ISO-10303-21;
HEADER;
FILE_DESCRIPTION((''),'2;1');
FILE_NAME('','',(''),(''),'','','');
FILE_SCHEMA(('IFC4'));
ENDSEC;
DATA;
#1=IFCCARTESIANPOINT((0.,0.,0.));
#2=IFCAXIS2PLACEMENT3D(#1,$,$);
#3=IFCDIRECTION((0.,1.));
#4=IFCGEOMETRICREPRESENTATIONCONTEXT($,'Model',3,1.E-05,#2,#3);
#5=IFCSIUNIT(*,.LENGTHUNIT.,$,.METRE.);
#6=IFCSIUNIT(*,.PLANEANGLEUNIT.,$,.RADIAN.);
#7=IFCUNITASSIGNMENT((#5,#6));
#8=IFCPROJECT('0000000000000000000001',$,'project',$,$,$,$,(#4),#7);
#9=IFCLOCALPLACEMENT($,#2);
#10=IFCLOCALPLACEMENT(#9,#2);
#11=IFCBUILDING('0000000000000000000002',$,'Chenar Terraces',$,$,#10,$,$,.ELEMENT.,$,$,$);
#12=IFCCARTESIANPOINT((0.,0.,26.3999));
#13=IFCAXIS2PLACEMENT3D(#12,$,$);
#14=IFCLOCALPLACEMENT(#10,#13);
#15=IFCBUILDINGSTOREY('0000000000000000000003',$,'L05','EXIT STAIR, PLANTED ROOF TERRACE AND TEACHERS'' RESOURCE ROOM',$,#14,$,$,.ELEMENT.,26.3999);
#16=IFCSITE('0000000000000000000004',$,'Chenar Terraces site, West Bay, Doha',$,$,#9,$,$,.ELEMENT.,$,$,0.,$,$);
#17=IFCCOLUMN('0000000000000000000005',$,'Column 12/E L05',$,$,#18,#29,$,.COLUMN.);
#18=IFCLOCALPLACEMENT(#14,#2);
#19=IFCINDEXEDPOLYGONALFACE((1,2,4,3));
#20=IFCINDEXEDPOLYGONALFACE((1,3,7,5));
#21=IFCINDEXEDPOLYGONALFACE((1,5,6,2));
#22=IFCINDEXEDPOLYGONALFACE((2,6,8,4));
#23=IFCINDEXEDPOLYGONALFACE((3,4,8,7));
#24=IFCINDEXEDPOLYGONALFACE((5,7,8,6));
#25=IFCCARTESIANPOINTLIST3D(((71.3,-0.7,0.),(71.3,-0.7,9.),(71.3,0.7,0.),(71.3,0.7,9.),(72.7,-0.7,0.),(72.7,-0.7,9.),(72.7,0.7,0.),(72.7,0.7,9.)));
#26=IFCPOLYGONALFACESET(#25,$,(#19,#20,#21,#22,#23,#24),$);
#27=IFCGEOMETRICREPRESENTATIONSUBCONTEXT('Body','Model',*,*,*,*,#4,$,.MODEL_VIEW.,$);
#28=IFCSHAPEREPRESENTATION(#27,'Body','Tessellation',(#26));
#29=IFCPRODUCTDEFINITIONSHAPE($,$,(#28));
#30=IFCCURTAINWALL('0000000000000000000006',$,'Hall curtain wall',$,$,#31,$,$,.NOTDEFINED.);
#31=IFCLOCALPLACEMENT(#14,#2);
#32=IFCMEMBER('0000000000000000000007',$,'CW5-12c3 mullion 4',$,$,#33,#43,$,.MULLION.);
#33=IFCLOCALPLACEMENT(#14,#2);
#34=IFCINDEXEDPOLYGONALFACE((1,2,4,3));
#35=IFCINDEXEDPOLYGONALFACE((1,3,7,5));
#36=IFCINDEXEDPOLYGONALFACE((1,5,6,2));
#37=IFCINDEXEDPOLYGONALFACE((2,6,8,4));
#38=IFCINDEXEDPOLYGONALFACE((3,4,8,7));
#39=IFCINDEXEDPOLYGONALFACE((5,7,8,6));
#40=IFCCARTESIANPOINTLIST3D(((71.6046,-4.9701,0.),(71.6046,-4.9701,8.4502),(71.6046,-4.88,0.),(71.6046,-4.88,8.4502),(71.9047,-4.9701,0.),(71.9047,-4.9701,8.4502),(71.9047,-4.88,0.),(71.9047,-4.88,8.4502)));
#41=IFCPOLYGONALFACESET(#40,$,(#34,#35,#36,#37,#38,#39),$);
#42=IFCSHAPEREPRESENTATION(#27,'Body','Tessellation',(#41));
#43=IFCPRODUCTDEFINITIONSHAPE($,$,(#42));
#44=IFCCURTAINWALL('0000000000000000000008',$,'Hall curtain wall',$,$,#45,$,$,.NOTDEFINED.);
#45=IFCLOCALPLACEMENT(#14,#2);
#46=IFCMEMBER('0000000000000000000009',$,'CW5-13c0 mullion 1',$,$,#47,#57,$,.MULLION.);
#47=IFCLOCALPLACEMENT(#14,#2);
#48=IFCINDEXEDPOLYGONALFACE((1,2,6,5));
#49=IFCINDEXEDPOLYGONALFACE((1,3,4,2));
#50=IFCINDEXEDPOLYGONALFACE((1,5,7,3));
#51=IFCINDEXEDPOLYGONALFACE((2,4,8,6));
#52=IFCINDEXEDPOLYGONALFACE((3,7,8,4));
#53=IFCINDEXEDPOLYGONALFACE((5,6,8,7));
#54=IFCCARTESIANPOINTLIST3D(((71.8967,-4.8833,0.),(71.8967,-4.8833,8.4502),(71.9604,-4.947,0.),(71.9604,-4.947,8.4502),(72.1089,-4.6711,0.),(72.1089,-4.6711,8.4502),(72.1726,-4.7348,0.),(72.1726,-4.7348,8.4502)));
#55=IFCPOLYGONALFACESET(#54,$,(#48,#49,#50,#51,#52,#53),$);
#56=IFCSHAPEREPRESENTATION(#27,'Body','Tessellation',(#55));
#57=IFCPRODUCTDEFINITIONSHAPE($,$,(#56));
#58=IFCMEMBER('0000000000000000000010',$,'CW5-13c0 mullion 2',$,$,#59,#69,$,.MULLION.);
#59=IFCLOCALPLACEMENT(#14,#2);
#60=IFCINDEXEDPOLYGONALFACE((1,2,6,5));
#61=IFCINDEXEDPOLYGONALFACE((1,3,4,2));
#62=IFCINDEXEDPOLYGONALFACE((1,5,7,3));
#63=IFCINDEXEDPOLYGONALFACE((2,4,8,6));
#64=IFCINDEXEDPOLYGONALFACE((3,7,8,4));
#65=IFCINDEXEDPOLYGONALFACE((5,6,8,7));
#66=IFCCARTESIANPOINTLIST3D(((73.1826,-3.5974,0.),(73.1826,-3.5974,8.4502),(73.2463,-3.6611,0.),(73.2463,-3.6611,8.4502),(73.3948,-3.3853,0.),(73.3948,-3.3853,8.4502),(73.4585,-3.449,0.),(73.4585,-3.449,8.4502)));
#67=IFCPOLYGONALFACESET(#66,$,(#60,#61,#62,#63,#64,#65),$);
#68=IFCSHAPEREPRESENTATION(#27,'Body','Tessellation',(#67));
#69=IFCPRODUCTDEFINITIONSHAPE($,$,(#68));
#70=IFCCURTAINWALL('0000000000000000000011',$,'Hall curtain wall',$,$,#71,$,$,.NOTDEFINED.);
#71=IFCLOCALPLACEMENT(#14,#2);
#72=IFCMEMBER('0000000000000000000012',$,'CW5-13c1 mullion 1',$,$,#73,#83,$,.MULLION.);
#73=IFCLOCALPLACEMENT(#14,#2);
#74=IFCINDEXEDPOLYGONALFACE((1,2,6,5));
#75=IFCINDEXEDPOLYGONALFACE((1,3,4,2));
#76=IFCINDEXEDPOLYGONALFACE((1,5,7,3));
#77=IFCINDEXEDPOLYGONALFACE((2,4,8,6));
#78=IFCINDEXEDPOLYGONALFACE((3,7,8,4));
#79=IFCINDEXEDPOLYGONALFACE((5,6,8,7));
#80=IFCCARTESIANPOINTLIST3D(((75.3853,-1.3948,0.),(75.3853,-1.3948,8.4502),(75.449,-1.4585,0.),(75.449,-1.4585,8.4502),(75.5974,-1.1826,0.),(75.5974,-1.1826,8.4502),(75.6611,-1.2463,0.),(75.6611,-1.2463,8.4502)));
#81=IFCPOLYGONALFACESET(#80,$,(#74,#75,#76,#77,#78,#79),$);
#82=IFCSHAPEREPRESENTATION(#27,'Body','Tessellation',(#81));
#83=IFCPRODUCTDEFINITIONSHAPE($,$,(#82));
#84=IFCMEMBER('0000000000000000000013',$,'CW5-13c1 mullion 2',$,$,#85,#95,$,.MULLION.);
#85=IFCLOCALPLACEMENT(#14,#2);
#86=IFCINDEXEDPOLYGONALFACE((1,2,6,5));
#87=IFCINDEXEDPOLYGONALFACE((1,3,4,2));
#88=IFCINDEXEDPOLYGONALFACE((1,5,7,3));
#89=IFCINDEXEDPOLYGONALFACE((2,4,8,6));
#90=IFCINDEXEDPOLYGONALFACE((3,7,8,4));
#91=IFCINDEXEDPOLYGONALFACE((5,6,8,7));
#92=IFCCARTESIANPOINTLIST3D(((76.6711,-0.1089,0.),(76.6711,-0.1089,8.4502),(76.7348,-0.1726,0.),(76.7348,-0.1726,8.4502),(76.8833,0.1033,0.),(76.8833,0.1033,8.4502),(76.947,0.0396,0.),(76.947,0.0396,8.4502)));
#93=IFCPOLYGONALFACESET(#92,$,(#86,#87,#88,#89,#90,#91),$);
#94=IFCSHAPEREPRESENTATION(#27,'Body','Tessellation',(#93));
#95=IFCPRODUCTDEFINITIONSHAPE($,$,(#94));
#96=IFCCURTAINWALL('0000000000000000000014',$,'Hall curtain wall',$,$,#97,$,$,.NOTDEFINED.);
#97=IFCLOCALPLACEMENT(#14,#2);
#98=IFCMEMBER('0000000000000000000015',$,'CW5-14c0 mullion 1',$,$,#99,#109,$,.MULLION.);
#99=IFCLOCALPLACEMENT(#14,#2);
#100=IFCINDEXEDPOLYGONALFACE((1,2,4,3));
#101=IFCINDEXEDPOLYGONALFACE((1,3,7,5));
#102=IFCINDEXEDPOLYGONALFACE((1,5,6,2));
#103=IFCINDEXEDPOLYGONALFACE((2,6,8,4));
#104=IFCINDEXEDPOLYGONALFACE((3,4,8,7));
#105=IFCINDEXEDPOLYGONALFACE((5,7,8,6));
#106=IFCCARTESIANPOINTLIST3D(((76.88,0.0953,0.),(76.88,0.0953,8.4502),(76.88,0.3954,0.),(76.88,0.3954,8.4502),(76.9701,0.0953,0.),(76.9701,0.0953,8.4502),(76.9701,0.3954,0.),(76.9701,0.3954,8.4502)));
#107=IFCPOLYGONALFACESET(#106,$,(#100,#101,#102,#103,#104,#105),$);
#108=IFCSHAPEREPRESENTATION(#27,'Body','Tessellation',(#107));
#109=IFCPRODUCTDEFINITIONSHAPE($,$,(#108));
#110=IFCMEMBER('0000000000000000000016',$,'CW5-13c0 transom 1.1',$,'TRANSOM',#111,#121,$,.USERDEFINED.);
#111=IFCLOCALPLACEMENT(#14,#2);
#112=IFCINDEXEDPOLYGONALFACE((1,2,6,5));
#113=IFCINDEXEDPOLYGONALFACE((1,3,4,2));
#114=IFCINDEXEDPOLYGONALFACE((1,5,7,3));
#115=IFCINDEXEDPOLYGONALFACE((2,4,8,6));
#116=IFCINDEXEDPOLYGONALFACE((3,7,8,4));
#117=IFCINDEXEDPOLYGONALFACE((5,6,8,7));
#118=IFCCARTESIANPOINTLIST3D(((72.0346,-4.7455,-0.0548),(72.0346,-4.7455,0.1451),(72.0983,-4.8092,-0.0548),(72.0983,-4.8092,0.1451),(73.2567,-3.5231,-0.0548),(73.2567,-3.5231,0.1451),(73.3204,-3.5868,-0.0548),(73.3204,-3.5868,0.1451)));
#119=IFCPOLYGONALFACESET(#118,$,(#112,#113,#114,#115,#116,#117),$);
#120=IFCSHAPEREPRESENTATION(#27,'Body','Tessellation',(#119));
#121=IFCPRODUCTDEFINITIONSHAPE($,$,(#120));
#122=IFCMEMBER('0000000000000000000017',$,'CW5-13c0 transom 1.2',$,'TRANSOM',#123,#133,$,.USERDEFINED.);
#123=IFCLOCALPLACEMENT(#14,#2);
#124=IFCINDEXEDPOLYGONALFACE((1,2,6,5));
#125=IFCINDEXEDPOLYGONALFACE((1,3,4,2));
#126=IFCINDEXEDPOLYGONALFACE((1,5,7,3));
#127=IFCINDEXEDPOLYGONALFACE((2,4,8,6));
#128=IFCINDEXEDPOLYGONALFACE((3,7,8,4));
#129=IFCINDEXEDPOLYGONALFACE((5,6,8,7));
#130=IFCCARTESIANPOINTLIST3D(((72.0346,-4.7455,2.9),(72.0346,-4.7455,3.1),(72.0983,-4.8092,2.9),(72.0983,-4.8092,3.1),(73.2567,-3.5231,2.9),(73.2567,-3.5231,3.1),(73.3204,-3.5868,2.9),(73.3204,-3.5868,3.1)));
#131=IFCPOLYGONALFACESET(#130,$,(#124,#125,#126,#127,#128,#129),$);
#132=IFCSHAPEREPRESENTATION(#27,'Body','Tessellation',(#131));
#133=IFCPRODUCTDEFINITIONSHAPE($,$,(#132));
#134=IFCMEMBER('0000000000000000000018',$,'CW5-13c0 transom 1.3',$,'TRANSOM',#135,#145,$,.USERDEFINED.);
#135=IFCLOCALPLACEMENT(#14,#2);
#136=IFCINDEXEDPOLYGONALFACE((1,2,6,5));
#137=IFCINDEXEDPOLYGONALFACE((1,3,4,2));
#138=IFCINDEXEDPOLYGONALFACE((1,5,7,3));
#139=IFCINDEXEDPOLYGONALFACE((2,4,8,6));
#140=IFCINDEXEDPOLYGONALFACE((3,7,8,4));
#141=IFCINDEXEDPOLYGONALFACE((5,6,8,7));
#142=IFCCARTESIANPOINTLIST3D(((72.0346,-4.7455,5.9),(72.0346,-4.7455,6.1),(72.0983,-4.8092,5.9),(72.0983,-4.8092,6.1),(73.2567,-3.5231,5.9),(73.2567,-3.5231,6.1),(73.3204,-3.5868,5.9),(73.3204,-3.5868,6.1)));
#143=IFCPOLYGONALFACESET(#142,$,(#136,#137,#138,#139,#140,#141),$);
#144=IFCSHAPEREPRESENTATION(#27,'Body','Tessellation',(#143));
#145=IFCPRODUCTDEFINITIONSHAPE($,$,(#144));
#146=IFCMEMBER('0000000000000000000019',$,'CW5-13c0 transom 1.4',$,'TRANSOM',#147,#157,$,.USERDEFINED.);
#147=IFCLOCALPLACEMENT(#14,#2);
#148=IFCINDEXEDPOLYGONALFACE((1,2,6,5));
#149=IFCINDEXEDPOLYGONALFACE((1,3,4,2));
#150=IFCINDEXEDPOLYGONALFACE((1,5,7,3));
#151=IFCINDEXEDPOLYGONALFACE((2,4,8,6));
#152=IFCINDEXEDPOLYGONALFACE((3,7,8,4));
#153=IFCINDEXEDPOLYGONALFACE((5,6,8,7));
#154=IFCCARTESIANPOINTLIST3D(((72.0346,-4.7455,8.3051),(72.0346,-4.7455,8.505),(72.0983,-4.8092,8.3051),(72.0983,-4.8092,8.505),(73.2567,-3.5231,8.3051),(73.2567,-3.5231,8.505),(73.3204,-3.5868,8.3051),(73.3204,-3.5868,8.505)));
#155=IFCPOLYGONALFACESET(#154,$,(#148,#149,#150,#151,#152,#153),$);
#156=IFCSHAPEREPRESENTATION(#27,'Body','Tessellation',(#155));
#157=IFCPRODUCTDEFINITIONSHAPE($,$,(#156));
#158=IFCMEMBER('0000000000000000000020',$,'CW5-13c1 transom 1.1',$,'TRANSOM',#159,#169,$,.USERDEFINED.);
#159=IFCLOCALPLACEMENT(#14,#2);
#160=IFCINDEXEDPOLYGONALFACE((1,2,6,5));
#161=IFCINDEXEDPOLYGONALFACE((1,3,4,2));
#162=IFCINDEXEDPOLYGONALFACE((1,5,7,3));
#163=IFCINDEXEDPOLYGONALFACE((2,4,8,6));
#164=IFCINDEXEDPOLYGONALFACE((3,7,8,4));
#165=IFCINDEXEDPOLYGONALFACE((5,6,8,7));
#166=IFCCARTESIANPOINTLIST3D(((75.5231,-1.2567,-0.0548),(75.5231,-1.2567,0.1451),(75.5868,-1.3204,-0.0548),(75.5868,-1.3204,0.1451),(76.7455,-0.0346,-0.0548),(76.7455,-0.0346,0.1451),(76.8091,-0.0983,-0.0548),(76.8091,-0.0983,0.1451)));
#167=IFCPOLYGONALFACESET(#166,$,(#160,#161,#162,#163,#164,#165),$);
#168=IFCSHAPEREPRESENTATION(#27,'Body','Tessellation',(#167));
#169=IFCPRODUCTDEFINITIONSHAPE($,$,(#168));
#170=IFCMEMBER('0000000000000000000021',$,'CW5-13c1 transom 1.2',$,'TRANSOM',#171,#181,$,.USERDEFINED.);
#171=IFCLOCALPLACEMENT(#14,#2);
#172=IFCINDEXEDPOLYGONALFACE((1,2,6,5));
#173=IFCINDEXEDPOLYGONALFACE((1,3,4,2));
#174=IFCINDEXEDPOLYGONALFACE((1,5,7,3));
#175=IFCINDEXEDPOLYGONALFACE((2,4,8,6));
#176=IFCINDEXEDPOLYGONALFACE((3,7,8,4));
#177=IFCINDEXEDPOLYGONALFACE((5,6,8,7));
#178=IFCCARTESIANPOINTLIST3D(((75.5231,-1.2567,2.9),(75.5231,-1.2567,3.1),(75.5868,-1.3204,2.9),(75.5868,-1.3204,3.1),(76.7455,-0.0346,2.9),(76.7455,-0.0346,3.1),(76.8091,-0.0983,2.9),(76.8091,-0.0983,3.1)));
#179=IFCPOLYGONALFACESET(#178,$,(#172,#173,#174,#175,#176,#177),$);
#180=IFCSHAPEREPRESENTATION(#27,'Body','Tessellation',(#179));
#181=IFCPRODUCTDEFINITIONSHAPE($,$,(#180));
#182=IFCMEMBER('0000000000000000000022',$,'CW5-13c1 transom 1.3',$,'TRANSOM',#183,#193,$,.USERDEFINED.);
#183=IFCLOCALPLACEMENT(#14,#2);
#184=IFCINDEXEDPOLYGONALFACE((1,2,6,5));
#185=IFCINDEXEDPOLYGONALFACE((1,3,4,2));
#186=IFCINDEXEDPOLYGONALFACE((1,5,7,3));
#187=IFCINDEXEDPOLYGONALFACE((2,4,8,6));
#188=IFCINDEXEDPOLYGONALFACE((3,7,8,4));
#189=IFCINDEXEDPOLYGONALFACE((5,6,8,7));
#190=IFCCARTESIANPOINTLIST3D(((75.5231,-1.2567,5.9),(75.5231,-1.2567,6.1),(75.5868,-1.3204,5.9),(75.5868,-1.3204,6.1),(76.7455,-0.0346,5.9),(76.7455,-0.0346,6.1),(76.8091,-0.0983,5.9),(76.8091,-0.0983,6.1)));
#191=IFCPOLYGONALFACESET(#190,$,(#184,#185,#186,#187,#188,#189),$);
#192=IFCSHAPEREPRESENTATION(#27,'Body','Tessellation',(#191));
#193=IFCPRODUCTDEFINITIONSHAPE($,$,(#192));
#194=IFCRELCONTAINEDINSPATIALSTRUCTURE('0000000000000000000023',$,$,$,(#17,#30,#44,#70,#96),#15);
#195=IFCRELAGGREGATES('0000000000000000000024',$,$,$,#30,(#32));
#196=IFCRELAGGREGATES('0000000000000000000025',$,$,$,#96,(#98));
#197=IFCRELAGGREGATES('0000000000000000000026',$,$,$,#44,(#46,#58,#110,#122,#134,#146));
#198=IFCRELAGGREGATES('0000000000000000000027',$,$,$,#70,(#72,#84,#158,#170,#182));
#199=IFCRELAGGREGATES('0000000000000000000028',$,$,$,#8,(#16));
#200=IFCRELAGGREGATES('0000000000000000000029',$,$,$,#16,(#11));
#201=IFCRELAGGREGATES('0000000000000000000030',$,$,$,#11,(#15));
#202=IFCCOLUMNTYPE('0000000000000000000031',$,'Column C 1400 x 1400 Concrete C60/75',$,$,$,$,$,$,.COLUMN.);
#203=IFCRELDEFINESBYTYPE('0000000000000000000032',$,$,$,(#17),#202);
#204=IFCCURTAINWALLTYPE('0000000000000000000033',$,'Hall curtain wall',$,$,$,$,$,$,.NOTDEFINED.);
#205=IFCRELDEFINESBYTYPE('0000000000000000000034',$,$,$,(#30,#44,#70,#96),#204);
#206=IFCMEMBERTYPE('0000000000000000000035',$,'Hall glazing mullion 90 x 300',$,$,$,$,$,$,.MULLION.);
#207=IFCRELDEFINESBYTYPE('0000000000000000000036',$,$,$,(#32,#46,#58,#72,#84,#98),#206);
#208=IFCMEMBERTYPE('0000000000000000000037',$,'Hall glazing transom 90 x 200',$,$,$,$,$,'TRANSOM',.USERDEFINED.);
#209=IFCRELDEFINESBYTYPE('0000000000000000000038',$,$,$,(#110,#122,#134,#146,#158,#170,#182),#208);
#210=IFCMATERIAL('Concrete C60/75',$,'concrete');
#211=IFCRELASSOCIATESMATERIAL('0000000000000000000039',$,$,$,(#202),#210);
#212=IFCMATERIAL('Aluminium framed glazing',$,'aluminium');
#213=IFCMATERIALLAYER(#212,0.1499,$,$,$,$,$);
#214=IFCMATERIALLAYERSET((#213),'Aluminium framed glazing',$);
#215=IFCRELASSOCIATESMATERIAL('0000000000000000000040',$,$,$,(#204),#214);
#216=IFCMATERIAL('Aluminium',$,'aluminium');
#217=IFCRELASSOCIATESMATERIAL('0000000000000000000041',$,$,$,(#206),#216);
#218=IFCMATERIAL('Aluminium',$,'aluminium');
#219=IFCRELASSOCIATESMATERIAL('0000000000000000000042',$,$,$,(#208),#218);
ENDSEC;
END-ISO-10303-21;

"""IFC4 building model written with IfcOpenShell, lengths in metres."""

from ifc_helpers import new_model, si_unit, direction, frame, origin, origin_2d, place, context, subcontext, project, spatial, rectangle, extrude, material, layer, layer_set, material_profile, profile_set, type_object, element, aggregate, save


model = new_model("IFC4")

# Units and contexts
model_context = context("Model", 3, precision=1e-05, world=origin(), true_north=direction((0.0, 1.0)))
body_context = subcontext(model_context, "Body", "Model", "MODEL_VIEW")
ifc_project = project(units=[si_unit("LENGTHUNIT", "METRE"), si_unit("PLANEANGLEUNIT", "RADIAN")], contexts=[model_context])

# Site, building, storey
site_placement = place(None, origin())
site = spatial("IfcSite", under=ifc_project, at=site_placement, Name="Chenar Terraces site, West Bay, Doha", CompositionType="ELEMENT", RefElevation=0.0)
building_placement = place(site_placement, origin())
building = spatial("IfcBuilding", under=site, at=building_placement, Name="Chenar Terraces", CompositionType="ELEMENT")
storey_placement = place(building_placement, frame((0.0, 0.0, 26.3999)))
storey = spatial("IfcBuildingStorey", under=building, at=storey_placement, Name="L05", Description="EXIT STAIR, PLANTED ROOF TERRACE AND TEACHERS' RESOURCE ROOM", CompositionType="ELEMENT", Elevation=26.3999)

# Column
ifc_material_1 = material(Name="Concrete C60/75", Category="concrete")
ifc_material_profile_1 = material_profile(ifc_material_1, rectangle(XDim=1.3999, YDim=1.3999, at=origin_2d()), Name="C 1400 x 1400")
ifc_profile_set_1 = profile_set([ifc_material_profile_1], Name="Concrete C60/75")
column_type = type_object("IfcColumnType", Name="Column C 1400 x 1400 Concrete C60/75", PredefinedType="COLUMN", material=ifc_profile_set_1)
column_placement = place(storey_placement, frame((72.0, 0.0, 0.0), z_axis=(0.0, 0.0, 1.0), x_axis=(1.0, 0.0, 0.0)))
element("IfcColumn", 1, at=column_placement, inside=storey, type_object=column_type, Name="Column 12/E L05", PredefinedType="COLUMN", context=body_context, shape_type="SweptSolid", body=[
    extrude(rectangle(XDim=1.3999, YDim=1.3999, at=origin_2d()), origin(), (0.0, 0.0, 1.0), 9.0),
])

# Curtain wall, member
ifc_material_2 = material(Name="Aluminium framed glazing", Category="aluminium")
ifc_layer_1 = layer(ifc_material_2, 0.1499)
ifc_layer_set_1 = layer_set([ifc_layer_1], Name="Aluminium framed glazing")
curtain_wall_type = type_object("IfcCurtainWallType", Name="Hall curtain wall", PredefinedType="NOTDEFINED", material=ifc_layer_set_1)
placement = place(storey_placement, origin())
curtain_wall_1 = element("IfcCurtainWall", 2, at=placement, inside=storey, type_object=curtain_wall_type, Name="Hall curtain wall", PredefinedType="NOTDEFINED")
ifc_material_3 = material(Name="Aluminium", Category="aluminium")
ifc_material_profile_2 = material_profile(ifc_material_3, rectangle(XDim=0.0901, YDim=0.3, at=origin_2d()), Name="Hall glazing mullion 90 x 300")
ifc_profile_set_2 = profile_set([ifc_material_profile_2], Name="Aluminium")
member_type_1 = type_object("IfcMemberType", Name="Hall glazing mullion 90 x 300", PredefinedType="MULLION", material=ifc_profile_set_2)
member_1_placement = place(storey_placement, frame((71.7546, -4.925, 0.0), z_axis=(0.0, 0.0, 1.0), x_axis=(0.0, 1.0, 0.0)))
member_1 = element("IfcMember", 3, at=member_1_placement, type_object=member_type_1, Name="CW5-12c3 mullion 4", PredefinedType="MULLION", context=body_context, shape_type="SweptSolid", body=[
    extrude(rectangle(XDim=0.0901, YDim=0.3, at=origin_2d()), origin(), (0.0, 0.0, 1.0), 8.4502),
])
aggregate(curtain_wall_1, [member_1])

# Curtain walls, members
curtain_wall_2 = element("IfcCurtainWall", 4, at=placement, inside=storey, type_object=curtain_wall_type, Name="Hall curtain wall", PredefinedType="NOTDEFINED")
member_2_placement = place(storey_placement, frame((72.0347, -4.8091, 0.0), z_axis=(0.0, 0.0, 1.0), x_axis=(-0.707107, 0.707107, 0.0)))
member_2 = element("IfcMember", 5, at=member_2_placement, type_object=member_type_1, Name="CW5-13c0 mullion 1", PredefinedType="MULLION", context=body_context, shape_type="SweptSolid", body=[
    extrude(rectangle(XDim=0.0901, YDim=0.3, at=origin_2d()), origin(), (0.0, 0.0, 1.0), 8.4502),
])
member_3_placement = place(storey_placement, frame((73.3206, -3.5232, 0.0), z_axis=(0.0, 0.0, 1.0), x_axis=(-0.707107, 0.707107, 0.0)))
member_3 = element("IfcMember", 6, at=member_3_placement, type_object=member_type_1, Name="CW5-13c0 mullion 2", PredefinedType="MULLION", context=body_context, shape_type="SweptSolid", body=[
    extrude(rectangle(XDim=0.0901, YDim=0.3, at=origin_2d()), origin(), (0.0, 0.0, 1.0), 8.4502),
])
curtain_wall_3 = element("IfcCurtainWall", 7, at=placement, inside=storey, type_object=curtain_wall_type, Name="Hall curtain wall", PredefinedType="NOTDEFINED")
member_4_placement = place(storey_placement, frame((75.5232, -1.3206, 0.0), z_axis=(0.0, 0.0, 1.0), x_axis=(-0.707107, 0.707107, 0.0)))
member_4 = element("IfcMember", 8, at=member_4_placement, type_object=member_type_1, Name="CW5-13c1 mullion 1", PredefinedType="MULLION", context=body_context, shape_type="SweptSolid", body=[
    extrude(rectangle(XDim=0.0901, YDim=0.3, at=origin_2d()), origin(), (0.0, 0.0, 1.0), 8.4502),
])
member_5_placement = place(storey_placement, frame((76.8091, -0.0347, 0.0), z_axis=(0.0, 0.0, 1.0), x_axis=(-0.707107, 0.707107, 0.0)))
member_5 = element("IfcMember", 9, at=member_5_placement, type_object=member_type_1, Name="CW5-13c1 mullion 2", PredefinedType="MULLION", context=body_context, shape_type="SweptSolid", body=[
    extrude(rectangle(XDim=0.0901, YDim=0.3, at=origin_2d()), origin(), (0.0, 0.0, 1.0), 8.4502),
])

# Curtain wall, member
curtain_wall_4 = element("IfcCurtainWall", 10, at=placement, inside=storey, type_object=curtain_wall_type, Name="Hall curtain wall", PredefinedType="NOTDEFINED")
member_6_placement = place(storey_placement, frame((76.925, 0.2454, 0.0), z_axis=(0.0, 0.0, 1.0), x_axis=(-1.0, 0.0, 0.0)))
member_6 = element("IfcMember", 11, at=member_6_placement, type_object=member_type_1, Name="CW5-14c0 mullion 1", PredefinedType="MULLION", context=body_context, shape_type="SweptSolid", body=[
    extrude(rectangle(XDim=0.0901, YDim=0.3, at=origin_2d()), origin(), (0.0, 0.0, 1.0), 8.4502),
])

# Members
ifc_material_4 = material(Name="Aluminium", Category="aluminium")
ifc_material_profile_3 = material_profile(ifc_material_4, rectangle(XDim=0.0901, YDim=0.2, at=origin_2d()), Name="Hall glazing transom 90 x 200")
ifc_profile_set_3 = profile_set([ifc_material_profile_3], Name="Aluminium")
member_type_2 = type_object("IfcMemberType", Name="Hall glazing transom 90 x 200", ElementType="TRANSOM", PredefinedType="USERDEFINED", material=ifc_profile_set_3)
member_7_placement = place(storey_placement, frame((72.0664, -4.7773, 0.0452), z_axis=(0.707036, 0.707177, 0.0), x_axis=(-0.707177, 0.707036, 0.0)))
member_7 = element("IfcMember", 12, at=member_7_placement, type_object=member_type_2, Name="CW5-13c0 transom 1.1", ObjectType="TRANSOM", PredefinedType="USERDEFINED", context=body_context, shape_type="SweptSolid", body=[
    extrude(rectangle(XDim=0.0901, YDim=0.2, at=origin_2d()), origin(), (0.0, 0.0, 1.0), 1.7285),
])
member_8_placement = place(storey_placement, frame((72.0664, -4.7773, 3.0), z_axis=(0.707036, 0.707177, 0.0), x_axis=(-0.707177, 0.707036, 0.0)))
member_8 = element("IfcMember", 13, at=member_8_placement, type_object=member_type_2, Name="CW5-13c0 transom 1.2", ObjectType="TRANSOM", PredefinedType="USERDEFINED", context=body_context, shape_type="SweptSolid", body=[
    extrude(rectangle(XDim=0.0901, YDim=0.2, at=origin_2d()), origin(), (0.0, 0.0, 1.0), 1.7285),
])
member_9_placement = place(storey_placement, frame((72.0664, -4.7773, 6.0), z_axis=(0.707036, 0.707177, 0.0), x_axis=(-0.707177, 0.707036, 0.0)))
member_9 = element("IfcMember", 14, at=member_9_placement, type_object=member_type_2, Name="CW5-13c0 transom 1.3", ObjectType="TRANSOM", PredefinedType="USERDEFINED", context=body_context, shape_type="SweptSolid", body=[
    extrude(rectangle(XDim=0.0901, YDim=0.2, at=origin_2d()), origin(), (0.0, 0.0, 1.0), 1.7285),
])
member_10_placement = place(storey_placement, frame((72.0664, -4.7773, 8.405), z_axis=(0.707036, 0.707177, 0.0), x_axis=(-0.707177, 0.707036, 0.0)))
member_10 = element("IfcMember", 15, at=member_10_placement, type_object=member_type_2, Name="CW5-13c0 transom 1.4", ObjectType="TRANSOM", PredefinedType="USERDEFINED", context=body_context, shape_type="SweptSolid", body=[
    extrude(rectangle(XDim=0.0901, YDim=0.2, at=origin_2d()), origin(), (0.0, 0.0, 1.0), 1.7285),
])
member_11_placement = place(storey_placement, frame((75.5549, -1.2886, 0.0452), z_axis=(0.707177, 0.707036, 0.0), x_axis=(-0.707036, 0.707177, 0.0)))
member_11 = element("IfcMember", 16, at=member_11_placement, type_object=member_type_2, Name="CW5-13c1 transom 1.1", ObjectType="TRANSOM", PredefinedType="USERDEFINED", context=body_context, shape_type="SweptSolid", body=[
    extrude(rectangle(XDim=0.0901, YDim=0.2, at=origin_2d()), origin(), (0.0, 0.0, 1.0), 1.7285),
])
member_12_placement = place(storey_placement, frame((75.5549, -1.2886, 3.0), z_axis=(0.707177, 0.707036, 0.0), x_axis=(-0.707036, 0.707177, 0.0)))
member_12 = element("IfcMember", 17, at=member_12_placement, type_object=member_type_2, Name="CW5-13c1 transom 1.2", ObjectType="TRANSOM", PredefinedType="USERDEFINED", context=body_context, shape_type="SweptSolid", body=[
    extrude(rectangle(XDim=0.0901, YDim=0.2, at=origin_2d()), origin(), (0.0, 0.0, 1.0), 1.7285),
])
member_13_placement = place(storey_placement, frame((75.5549, -1.2886, 6.0), z_axis=(0.707177, 0.707036, 0.0), x_axis=(-0.707036, 0.707177, 0.0)))
member_13 = element("IfcMember", 18, at=member_13_placement, type_object=member_type_2, Name="CW5-13c1 transom 1.3", ObjectType="TRANSOM", PredefinedType="USERDEFINED", context=body_context, shape_type="SweptSolid", body=[
    extrude(rectangle(XDim=0.0901, YDim=0.2, at=origin_2d()), origin(), (0.0, 0.0, 1.0), 1.7285),
])
aggregate(curtain_wall_4, [member_6])

aggregate(curtain_wall_2, [member_2, member_3, member_7, member_8, member_9, member_10])
aggregate(curtain_wall_3, [member_4, member_5, member_11, member_12, member_13])

save(model, "model.ifc")
